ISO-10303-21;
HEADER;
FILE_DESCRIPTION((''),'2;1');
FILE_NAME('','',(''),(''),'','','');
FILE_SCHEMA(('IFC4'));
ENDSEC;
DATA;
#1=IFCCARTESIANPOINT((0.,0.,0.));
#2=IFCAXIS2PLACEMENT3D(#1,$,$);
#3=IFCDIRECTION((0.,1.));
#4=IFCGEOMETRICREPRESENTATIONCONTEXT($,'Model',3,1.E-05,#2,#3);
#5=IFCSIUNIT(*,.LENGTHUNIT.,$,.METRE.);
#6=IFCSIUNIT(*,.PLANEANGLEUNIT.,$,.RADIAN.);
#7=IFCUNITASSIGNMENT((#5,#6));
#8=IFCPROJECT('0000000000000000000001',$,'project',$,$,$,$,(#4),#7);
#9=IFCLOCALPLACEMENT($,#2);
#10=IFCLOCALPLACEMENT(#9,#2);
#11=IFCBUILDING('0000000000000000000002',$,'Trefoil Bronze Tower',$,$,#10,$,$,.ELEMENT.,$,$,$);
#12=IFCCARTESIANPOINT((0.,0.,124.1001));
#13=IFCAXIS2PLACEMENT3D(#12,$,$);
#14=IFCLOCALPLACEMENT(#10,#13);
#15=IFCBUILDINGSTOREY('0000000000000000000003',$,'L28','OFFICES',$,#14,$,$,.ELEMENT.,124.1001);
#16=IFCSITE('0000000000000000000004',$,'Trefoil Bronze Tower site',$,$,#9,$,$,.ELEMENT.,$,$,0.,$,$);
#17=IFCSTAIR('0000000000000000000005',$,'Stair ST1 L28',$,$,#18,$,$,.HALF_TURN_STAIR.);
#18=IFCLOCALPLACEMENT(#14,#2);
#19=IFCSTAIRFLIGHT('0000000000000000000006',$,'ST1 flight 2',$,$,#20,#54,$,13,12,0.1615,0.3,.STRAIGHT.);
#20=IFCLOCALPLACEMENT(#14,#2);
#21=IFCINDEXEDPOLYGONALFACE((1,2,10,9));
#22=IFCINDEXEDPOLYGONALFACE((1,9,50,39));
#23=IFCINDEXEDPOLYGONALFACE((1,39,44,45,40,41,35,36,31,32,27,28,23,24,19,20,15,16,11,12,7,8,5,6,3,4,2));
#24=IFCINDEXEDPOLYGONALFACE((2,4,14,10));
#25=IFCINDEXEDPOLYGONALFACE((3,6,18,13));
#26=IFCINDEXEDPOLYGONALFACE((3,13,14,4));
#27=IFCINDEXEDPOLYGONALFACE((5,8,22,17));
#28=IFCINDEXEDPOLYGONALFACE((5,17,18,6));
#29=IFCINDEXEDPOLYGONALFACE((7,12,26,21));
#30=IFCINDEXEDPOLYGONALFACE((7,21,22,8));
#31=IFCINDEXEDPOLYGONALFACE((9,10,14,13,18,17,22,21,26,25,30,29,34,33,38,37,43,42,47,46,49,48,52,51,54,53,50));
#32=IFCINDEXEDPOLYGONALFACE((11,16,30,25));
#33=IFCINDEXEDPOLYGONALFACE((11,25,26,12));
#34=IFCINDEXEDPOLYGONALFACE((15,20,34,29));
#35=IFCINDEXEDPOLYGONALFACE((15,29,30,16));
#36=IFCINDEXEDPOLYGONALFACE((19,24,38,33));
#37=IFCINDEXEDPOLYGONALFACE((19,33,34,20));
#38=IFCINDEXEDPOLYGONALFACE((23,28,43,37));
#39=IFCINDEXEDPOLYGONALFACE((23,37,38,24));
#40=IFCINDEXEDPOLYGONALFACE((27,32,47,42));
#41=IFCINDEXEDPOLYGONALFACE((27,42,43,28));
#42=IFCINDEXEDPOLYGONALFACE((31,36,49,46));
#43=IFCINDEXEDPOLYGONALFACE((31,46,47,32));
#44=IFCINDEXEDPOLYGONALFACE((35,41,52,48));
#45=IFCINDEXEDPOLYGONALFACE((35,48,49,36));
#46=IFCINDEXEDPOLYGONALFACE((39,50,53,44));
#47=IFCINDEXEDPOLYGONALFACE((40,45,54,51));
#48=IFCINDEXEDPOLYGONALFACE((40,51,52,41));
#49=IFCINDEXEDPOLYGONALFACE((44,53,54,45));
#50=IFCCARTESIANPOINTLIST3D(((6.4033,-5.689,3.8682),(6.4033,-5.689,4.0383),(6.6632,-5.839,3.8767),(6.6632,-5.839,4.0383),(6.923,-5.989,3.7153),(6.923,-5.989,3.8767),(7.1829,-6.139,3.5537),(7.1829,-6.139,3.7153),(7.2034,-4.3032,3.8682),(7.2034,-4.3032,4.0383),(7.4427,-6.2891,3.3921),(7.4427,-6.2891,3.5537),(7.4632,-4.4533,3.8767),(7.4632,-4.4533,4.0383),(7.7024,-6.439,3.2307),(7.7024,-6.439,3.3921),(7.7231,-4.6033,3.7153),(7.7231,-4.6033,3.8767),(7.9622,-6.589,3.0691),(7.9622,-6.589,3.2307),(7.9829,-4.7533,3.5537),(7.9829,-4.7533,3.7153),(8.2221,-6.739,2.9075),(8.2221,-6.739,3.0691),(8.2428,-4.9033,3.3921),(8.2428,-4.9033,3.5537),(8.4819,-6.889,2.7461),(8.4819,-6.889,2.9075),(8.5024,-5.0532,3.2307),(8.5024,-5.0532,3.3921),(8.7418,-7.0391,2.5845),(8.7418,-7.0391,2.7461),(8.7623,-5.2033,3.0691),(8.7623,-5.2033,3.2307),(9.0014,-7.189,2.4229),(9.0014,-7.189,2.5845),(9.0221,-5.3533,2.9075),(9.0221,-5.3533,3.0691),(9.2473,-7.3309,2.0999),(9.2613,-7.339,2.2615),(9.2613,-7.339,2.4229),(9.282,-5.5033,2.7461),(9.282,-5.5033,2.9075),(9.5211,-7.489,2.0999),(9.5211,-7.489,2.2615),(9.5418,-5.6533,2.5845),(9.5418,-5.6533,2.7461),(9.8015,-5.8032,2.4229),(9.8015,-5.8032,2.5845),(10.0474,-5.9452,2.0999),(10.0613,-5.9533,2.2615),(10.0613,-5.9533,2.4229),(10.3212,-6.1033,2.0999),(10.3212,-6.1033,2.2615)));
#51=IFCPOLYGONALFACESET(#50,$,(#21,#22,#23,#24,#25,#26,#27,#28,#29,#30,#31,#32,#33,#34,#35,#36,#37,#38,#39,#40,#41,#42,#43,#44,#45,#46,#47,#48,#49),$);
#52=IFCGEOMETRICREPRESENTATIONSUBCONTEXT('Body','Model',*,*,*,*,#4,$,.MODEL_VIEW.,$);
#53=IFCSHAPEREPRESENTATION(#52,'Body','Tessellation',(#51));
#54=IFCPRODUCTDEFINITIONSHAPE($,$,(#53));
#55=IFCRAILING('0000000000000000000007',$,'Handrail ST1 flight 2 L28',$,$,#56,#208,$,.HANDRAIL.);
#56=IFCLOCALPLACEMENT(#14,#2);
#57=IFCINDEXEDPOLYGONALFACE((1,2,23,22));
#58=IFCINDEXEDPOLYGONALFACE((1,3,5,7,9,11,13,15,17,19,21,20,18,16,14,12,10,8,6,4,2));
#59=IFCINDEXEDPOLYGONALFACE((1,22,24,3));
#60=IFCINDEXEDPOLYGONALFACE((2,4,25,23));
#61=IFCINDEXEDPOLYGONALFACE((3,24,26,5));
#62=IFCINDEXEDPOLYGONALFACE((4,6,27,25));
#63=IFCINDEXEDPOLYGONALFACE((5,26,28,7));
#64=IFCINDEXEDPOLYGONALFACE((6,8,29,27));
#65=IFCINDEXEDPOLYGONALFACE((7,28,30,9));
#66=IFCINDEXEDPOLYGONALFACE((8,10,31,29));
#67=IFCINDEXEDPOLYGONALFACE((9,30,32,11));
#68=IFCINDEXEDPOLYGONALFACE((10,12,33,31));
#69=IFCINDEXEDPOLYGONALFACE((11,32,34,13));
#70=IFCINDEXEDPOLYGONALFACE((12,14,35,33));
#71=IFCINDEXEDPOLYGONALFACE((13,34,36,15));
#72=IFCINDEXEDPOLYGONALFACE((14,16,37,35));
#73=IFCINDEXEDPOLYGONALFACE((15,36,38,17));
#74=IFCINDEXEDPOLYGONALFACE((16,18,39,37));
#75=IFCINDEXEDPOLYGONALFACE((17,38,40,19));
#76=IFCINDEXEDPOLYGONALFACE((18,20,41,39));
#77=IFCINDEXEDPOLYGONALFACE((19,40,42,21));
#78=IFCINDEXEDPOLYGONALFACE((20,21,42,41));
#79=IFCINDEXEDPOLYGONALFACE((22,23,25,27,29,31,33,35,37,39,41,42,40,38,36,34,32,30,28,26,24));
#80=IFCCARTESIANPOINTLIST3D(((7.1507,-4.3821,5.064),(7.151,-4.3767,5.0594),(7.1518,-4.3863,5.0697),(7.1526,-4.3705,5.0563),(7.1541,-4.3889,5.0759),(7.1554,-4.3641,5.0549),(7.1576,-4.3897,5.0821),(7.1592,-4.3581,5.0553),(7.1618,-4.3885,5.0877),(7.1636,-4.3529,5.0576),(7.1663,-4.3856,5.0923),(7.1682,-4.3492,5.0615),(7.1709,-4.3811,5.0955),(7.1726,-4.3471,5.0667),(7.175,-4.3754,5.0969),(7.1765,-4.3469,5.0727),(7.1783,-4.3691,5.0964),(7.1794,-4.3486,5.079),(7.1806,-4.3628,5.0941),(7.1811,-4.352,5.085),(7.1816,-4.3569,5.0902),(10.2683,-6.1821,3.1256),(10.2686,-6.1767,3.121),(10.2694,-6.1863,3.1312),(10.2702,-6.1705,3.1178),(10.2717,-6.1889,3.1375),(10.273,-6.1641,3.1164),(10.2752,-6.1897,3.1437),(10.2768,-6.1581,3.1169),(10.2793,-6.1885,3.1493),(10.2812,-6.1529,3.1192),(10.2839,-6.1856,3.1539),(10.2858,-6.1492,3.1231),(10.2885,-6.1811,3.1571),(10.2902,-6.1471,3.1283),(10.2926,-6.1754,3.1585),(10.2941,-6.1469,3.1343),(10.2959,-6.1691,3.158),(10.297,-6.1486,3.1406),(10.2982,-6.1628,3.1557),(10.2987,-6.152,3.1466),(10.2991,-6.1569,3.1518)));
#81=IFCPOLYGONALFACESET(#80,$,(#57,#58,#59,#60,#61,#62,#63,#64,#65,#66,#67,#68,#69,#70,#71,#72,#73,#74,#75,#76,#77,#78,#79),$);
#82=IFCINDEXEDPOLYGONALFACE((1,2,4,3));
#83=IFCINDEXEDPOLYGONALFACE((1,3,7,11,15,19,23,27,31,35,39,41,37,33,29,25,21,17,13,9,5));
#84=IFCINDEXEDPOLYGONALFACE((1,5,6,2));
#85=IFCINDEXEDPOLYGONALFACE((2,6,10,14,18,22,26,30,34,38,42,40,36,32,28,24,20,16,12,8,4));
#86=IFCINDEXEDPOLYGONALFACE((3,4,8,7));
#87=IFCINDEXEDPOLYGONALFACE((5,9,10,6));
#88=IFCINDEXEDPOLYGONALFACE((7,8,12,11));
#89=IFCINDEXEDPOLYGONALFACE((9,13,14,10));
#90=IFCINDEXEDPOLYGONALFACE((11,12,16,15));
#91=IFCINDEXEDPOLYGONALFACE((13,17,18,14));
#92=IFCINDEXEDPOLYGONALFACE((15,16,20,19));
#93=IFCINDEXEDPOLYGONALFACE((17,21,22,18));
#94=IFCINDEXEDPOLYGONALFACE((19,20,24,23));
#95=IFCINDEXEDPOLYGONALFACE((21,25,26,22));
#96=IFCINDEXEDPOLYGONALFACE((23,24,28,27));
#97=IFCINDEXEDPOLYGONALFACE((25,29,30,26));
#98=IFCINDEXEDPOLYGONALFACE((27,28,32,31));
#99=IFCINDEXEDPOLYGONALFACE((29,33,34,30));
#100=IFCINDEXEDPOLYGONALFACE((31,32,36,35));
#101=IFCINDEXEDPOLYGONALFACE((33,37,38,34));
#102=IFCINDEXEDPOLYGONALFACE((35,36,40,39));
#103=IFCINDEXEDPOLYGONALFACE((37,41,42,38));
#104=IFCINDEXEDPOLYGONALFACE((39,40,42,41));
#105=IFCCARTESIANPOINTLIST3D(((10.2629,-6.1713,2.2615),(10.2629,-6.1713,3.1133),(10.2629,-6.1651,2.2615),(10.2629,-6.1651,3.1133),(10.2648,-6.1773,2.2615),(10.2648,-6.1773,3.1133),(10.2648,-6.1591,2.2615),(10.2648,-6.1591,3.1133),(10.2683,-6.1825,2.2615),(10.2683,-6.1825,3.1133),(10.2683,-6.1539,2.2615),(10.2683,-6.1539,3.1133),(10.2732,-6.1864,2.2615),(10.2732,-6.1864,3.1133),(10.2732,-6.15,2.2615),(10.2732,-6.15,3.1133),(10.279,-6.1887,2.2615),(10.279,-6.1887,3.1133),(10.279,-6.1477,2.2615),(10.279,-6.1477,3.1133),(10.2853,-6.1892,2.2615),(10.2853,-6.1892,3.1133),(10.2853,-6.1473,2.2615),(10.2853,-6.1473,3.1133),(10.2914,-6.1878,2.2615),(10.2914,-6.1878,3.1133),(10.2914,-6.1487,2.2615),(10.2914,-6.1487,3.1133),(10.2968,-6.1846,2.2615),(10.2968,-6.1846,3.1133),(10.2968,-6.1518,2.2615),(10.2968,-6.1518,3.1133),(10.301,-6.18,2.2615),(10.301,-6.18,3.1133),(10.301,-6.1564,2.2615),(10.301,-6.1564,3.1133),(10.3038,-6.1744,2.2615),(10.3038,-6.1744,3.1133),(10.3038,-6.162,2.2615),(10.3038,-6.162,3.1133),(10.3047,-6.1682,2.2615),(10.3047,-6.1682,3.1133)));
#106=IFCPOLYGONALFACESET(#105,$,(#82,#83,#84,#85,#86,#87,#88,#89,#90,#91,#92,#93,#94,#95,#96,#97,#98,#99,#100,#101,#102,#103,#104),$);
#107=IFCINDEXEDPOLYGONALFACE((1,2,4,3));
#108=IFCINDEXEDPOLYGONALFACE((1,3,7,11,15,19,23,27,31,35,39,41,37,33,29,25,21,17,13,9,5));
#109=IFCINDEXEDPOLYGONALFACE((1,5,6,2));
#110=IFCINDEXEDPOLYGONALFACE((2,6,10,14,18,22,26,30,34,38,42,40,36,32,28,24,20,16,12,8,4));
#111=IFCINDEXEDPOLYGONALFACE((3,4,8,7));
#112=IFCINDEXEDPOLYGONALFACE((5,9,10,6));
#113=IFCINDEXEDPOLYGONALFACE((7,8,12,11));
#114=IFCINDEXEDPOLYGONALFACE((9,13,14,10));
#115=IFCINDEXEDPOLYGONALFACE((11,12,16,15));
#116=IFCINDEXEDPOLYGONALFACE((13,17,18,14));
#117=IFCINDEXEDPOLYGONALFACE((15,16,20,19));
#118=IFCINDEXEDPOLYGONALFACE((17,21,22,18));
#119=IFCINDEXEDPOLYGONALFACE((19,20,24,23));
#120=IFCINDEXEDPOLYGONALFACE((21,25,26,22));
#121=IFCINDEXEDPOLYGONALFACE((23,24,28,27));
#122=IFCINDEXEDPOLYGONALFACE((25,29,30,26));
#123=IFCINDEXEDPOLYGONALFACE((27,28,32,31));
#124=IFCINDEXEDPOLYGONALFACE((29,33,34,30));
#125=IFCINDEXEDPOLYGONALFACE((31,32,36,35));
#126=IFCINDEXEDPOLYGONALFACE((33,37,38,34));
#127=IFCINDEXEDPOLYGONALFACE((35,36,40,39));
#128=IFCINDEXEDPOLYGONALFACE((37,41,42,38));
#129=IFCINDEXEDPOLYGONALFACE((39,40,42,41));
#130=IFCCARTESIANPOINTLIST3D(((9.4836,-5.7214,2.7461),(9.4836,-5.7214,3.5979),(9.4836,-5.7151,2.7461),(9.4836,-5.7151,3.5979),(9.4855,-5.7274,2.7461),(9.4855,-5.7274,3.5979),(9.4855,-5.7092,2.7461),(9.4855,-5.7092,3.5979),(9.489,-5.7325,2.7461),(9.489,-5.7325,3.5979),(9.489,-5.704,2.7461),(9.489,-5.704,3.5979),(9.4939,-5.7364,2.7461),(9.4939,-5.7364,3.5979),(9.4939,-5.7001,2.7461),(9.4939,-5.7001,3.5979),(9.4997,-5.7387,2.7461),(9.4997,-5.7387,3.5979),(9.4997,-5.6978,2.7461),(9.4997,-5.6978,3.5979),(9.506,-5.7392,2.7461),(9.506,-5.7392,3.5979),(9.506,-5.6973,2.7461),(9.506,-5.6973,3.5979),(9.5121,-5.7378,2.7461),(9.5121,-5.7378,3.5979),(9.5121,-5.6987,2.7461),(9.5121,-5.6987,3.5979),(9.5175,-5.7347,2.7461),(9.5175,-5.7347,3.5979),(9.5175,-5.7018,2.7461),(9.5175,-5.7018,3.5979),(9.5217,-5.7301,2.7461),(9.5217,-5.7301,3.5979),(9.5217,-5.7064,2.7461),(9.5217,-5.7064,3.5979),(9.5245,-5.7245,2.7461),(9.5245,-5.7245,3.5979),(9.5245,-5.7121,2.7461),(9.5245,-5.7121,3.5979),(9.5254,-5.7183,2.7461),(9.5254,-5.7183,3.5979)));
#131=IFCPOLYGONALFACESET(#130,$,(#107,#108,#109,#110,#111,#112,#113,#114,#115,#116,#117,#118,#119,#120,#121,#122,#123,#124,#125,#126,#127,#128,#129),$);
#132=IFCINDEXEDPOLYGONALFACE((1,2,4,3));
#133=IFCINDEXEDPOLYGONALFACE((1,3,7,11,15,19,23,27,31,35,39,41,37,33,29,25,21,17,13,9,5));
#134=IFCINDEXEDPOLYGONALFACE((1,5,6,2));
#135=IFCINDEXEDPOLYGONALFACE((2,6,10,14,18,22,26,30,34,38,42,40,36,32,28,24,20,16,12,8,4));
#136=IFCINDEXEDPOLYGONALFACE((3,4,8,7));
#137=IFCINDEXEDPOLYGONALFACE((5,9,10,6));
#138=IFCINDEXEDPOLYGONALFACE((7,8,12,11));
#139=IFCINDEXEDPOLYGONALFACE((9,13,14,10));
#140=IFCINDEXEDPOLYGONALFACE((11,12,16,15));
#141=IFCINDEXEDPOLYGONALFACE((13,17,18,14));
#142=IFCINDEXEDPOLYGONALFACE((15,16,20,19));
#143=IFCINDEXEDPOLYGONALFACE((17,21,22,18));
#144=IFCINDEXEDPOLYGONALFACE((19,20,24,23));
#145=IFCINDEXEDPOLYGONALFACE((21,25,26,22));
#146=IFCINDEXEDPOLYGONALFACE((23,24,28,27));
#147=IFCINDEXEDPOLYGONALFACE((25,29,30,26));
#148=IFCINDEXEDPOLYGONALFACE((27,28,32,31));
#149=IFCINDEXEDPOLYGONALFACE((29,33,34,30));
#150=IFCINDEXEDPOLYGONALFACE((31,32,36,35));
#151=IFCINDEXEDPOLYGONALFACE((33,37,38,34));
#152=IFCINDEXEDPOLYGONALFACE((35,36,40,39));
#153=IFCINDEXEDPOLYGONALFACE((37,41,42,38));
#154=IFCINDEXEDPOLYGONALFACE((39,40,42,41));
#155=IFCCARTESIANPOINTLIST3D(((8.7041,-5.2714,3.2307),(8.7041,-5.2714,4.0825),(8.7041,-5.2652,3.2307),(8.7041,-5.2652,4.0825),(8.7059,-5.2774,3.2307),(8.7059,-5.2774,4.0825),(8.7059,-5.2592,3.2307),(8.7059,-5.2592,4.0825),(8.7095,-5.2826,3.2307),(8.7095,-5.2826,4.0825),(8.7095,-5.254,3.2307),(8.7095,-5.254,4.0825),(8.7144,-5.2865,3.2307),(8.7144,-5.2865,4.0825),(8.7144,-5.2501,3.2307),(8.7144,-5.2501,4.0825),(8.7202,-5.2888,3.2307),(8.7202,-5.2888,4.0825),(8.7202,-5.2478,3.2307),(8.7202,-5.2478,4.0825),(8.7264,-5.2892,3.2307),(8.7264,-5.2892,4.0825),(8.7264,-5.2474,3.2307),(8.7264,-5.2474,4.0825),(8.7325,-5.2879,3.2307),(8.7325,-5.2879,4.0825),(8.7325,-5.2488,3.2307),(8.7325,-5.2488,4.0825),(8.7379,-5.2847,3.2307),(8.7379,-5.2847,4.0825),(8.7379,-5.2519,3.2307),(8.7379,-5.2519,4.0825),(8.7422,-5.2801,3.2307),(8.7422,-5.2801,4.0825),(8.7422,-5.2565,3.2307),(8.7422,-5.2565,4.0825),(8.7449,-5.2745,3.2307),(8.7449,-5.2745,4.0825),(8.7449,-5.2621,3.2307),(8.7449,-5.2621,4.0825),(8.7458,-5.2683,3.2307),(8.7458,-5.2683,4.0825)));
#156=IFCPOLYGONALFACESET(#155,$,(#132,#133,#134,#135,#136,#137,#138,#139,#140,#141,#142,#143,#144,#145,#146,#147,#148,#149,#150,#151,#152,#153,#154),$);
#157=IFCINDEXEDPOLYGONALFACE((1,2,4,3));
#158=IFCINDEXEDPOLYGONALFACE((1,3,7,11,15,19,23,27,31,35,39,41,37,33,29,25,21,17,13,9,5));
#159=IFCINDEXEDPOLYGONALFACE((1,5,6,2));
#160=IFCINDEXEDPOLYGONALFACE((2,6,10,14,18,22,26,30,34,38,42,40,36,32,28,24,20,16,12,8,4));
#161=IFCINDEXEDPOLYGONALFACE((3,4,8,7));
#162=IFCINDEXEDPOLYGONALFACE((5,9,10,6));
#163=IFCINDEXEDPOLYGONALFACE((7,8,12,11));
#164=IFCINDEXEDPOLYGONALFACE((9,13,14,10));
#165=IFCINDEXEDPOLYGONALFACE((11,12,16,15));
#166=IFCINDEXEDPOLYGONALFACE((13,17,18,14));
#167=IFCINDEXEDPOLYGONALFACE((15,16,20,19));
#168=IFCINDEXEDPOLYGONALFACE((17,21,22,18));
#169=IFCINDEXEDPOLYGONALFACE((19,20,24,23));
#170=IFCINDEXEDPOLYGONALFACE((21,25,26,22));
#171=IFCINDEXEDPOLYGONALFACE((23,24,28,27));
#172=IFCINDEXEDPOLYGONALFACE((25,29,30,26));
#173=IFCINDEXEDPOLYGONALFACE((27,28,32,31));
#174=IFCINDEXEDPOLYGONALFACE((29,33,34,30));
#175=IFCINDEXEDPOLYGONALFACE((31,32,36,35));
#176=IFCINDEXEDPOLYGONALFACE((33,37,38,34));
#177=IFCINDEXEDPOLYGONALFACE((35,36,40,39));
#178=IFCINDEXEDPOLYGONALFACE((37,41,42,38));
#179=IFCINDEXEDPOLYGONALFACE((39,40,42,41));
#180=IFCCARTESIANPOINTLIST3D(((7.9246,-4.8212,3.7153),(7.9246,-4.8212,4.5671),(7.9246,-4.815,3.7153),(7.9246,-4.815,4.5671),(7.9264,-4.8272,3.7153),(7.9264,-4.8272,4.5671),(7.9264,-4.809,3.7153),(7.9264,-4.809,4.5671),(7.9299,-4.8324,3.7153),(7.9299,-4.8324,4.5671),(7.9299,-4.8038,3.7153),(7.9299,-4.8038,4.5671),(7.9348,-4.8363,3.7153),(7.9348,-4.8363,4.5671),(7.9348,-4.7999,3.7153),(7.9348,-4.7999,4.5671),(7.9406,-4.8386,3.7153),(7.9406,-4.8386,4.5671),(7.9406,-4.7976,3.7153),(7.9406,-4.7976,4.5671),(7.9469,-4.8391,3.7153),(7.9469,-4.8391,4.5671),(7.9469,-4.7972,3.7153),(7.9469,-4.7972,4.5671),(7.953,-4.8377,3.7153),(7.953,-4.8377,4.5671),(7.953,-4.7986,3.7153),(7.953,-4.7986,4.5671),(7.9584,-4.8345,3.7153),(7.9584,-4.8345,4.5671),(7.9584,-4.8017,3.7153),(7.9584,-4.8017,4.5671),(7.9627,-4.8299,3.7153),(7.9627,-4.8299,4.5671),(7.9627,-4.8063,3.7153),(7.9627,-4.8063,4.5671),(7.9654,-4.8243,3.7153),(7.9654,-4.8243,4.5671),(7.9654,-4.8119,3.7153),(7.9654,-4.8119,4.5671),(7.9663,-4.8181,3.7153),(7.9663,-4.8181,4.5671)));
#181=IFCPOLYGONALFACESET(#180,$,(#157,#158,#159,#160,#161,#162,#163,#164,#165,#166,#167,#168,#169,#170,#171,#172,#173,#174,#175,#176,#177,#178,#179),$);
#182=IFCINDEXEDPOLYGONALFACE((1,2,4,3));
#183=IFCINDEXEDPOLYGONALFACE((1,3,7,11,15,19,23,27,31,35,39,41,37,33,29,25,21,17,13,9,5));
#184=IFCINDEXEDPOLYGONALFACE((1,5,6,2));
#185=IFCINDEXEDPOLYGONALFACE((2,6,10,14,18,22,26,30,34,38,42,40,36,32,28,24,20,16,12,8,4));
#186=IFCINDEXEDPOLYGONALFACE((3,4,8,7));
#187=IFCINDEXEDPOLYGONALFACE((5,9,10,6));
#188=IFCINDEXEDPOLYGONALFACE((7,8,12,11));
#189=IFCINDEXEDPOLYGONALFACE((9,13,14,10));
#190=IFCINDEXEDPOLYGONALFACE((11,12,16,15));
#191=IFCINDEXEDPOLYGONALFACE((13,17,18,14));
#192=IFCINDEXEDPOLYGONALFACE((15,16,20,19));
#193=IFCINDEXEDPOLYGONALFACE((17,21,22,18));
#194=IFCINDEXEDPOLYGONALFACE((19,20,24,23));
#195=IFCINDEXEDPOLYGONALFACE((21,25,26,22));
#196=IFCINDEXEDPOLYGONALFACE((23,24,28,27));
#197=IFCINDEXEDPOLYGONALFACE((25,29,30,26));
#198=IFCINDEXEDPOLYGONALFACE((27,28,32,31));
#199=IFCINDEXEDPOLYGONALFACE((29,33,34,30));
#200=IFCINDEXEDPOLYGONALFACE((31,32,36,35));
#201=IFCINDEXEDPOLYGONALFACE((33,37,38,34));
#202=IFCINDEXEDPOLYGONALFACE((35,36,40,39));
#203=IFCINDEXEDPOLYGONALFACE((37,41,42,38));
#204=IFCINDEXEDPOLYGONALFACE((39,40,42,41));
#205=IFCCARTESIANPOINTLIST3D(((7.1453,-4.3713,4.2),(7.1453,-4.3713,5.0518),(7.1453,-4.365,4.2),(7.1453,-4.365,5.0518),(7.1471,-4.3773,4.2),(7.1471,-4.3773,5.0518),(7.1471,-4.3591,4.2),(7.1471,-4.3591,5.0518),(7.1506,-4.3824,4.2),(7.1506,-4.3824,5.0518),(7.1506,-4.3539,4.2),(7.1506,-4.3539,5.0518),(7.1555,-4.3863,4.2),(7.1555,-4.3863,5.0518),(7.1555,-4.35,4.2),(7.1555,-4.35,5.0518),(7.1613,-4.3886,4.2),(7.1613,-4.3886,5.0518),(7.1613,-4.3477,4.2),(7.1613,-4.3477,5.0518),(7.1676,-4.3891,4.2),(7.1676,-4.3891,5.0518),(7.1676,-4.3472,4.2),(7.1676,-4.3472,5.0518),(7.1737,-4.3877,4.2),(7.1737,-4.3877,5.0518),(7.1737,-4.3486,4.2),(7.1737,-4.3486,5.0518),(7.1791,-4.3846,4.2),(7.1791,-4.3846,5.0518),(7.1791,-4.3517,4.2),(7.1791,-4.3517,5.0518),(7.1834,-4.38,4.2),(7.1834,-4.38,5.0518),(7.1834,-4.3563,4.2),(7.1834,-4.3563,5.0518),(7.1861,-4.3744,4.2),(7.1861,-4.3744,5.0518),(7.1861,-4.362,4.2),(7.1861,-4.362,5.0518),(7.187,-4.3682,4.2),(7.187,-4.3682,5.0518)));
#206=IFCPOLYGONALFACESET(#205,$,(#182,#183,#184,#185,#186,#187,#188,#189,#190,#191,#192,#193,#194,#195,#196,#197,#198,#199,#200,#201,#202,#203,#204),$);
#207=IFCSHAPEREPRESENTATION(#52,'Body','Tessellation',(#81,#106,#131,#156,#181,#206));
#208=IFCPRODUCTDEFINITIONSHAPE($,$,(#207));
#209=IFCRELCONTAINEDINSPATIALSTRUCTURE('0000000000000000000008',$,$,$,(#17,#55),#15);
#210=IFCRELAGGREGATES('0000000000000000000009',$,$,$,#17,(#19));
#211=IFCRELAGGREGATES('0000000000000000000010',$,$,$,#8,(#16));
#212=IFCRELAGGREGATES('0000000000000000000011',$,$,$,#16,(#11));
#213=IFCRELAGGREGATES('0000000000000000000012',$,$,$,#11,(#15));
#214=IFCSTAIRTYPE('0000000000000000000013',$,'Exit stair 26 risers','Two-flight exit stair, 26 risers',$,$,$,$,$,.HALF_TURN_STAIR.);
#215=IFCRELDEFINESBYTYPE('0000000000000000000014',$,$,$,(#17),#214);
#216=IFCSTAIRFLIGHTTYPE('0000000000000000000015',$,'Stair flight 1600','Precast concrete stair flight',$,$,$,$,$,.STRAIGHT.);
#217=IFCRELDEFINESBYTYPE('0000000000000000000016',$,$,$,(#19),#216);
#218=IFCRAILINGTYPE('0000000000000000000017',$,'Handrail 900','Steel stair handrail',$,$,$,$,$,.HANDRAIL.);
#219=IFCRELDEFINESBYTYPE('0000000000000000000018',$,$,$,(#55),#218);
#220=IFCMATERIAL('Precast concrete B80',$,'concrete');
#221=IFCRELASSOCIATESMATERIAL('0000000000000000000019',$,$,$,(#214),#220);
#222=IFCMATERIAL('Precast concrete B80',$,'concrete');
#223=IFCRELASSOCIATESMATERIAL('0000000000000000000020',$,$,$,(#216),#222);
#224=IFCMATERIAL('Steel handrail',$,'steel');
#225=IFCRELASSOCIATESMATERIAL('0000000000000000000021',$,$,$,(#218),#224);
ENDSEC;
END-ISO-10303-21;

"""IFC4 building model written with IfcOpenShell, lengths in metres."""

from ifc_helpers import new_model, si_unit, direction, frame, origin, origin_2d, place, context, subcontext, project, spatial, polyline, circle, outline, extrude, material, type_object, element, aggregate, save


model = new_model("IFC4")

# Units and contexts
model_context = context("Model", 3, precision=1e-05, world=origin(), true_north=direction((0.0, 1.0)))
body_context = subcontext(model_context, "Body", "Model", "MODEL_VIEW")
ifc_project = project(units=[si_unit("LENGTHUNIT", "METRE"), si_unit("PLANEANGLEUNIT", "RADIAN")], contexts=[model_context])

# Site, building, storey
site_placement = place(None, origin())
site = spatial("IfcSite", under=ifc_project, at=site_placement, Name="Trefoil Bronze Tower site", CompositionType="ELEMENT", RefElevation=0.0)
building_placement = place(site_placement, origin())
building = spatial("IfcBuilding", under=site, at=building_placement, Name="Trefoil Bronze Tower", CompositionType="ELEMENT")
storey_placement = place(building_placement, frame((0.0, 0.0, 124.1001)))
storey = spatial("IfcBuildingStorey", under=building, at=storey_placement, Name="L28", Description="OFFICES", CompositionType="ELEMENT", Elevation=124.1001)

# Stair, stair flight
ifc_material_1 = material(Name="Precast concrete B80", Category="concrete")
stair_type = type_object("IfcStairType", Name="Exit stair 26 risers", Description="Two-flight exit stair, 26 risers", PredefinedType="HALF_TURN_STAIR", material=ifc_material_1)
stair_placement = place(storey_placement, origin())
stair = element("IfcStair", 1, at=stair_placement, inside=storey, type_object=stair_type, Name="Stair ST1 L28", PredefinedType="HALF_TURN_STAIR")
ifc_material_2 = material(Name="Precast concrete B80", Category="concrete")
stair_flight_type = type_object("IfcStairFlightType", Name="Stair flight 1600", Description="Precast concrete stair flight", PredefinedType="STRAIGHT", material=ifc_material_2)
stair_flight_placement = place(storey_placement, frame((9.9211, -6.7961, 2.0999), z_axis=(0.0, 0.0, 1.0), x_axis=(-0.866025, 0.5, 0.0)))
stair_flight = element("IfcStairFlight", 2, at=stair_flight_placement, type_object=stair_flight_type, Name="ST1 flight 2", NumberOfRisers=13, NumberOfTreads=12, PredefinedType="STRAIGHT", RiserHeight=0.1615, TreadLength=0.3, context=body_context, shape_type="SweptSolid", body=[
    extrude(outline(polyline([(0.0, 0.0), (0.0, 0.1616), (0.3, 0.1616), (0.3, 0.323), (0.6001, 0.323), (0.6001, 0.4846), (0.8999, 0.4846), (0.8999, 0.6462), (1.2, 0.6462), (1.2, 0.8076), (1.5, 0.8076), (1.5, 0.9692), (1.8, 0.9692), (1.8, 1.1309), (2.1001, 1.1309), (2.1001, 1.2922), (2.3999, 1.2922), (2.3999, 1.4539), (2.7, 1.4539), (2.7, 1.6155), (3.0, 1.6155), (3.0, 1.7769), (3.3, 1.7769), (3.3, 1.9385), (3.6001, 1.9385), (3.6001, 2.1001), (3.6001, 1.7683), (0.3162, 0.0), (0.0, 0.0)])), frame((0.0, 0.8, 0.0), z_axis=(0.0, -1.0, 0.0), x_axis=(1.0, 0.0, 0.0)), (0.0, 0.0, 1.0), 1.6001),
])
aggregate(stair, [stair_flight])

# Railing
ifc_material_3 = material(Name="Steel handrail", Category="steel")
railing_type = type_object("IfcRailingType", Name="Handrail 900", Description="Steel stair handrail", PredefinedType="HANDRAIL", material=ifc_material_3)
railing_placement = place(storey_placement, frame((10.2837, -6.1682, 2.2615)))
element("IfcRailing", 3, at=railing_placement, inside=storey, type_object=railing_type, Name="Handrail ST1 flight 2 L28", PredefinedType="HANDRAIL", context=body_context, shape_type="SweptSolid", body=[
    extrude(circle(Radius=0.0239, at=origin_2d()), frame((0.0, 0.0, 0.876), z_axis=(-0.762503, 0.440246, 0.474102), x_axis=(-0.500012, -0.866018, 0.0)), (0.0, 0.0, 1.0), 4.0886),
    extrude(circle(Radius=0.021, at=origin_2d()), origin(), (0.0, 0.0, 1.0), 0.8518),
    extrude(circle(Radius=0.021, at=origin_2d()), frame((-0.7793, 0.45, 0.4846)), (0.0, 0.0, 1.0), 0.8518),
    extrude(circle(Radius=0.021, at=origin_2d()), frame((-1.5588, 0.8999, 0.9692)), (0.0, 0.0, 1.0), 0.8518),
    extrude(circle(Radius=0.021, at=origin_2d()), frame((-2.3384, 1.3501, 1.4539)), (0.0, 0.0, 1.0), 0.8518),
    extrude(circle(Radius=0.021, at=origin_2d()), frame((-3.1177, 1.8, 1.9385)), (0.0, 0.0, 1.0), 0.8518),
])

save(model, "model.ifc")
